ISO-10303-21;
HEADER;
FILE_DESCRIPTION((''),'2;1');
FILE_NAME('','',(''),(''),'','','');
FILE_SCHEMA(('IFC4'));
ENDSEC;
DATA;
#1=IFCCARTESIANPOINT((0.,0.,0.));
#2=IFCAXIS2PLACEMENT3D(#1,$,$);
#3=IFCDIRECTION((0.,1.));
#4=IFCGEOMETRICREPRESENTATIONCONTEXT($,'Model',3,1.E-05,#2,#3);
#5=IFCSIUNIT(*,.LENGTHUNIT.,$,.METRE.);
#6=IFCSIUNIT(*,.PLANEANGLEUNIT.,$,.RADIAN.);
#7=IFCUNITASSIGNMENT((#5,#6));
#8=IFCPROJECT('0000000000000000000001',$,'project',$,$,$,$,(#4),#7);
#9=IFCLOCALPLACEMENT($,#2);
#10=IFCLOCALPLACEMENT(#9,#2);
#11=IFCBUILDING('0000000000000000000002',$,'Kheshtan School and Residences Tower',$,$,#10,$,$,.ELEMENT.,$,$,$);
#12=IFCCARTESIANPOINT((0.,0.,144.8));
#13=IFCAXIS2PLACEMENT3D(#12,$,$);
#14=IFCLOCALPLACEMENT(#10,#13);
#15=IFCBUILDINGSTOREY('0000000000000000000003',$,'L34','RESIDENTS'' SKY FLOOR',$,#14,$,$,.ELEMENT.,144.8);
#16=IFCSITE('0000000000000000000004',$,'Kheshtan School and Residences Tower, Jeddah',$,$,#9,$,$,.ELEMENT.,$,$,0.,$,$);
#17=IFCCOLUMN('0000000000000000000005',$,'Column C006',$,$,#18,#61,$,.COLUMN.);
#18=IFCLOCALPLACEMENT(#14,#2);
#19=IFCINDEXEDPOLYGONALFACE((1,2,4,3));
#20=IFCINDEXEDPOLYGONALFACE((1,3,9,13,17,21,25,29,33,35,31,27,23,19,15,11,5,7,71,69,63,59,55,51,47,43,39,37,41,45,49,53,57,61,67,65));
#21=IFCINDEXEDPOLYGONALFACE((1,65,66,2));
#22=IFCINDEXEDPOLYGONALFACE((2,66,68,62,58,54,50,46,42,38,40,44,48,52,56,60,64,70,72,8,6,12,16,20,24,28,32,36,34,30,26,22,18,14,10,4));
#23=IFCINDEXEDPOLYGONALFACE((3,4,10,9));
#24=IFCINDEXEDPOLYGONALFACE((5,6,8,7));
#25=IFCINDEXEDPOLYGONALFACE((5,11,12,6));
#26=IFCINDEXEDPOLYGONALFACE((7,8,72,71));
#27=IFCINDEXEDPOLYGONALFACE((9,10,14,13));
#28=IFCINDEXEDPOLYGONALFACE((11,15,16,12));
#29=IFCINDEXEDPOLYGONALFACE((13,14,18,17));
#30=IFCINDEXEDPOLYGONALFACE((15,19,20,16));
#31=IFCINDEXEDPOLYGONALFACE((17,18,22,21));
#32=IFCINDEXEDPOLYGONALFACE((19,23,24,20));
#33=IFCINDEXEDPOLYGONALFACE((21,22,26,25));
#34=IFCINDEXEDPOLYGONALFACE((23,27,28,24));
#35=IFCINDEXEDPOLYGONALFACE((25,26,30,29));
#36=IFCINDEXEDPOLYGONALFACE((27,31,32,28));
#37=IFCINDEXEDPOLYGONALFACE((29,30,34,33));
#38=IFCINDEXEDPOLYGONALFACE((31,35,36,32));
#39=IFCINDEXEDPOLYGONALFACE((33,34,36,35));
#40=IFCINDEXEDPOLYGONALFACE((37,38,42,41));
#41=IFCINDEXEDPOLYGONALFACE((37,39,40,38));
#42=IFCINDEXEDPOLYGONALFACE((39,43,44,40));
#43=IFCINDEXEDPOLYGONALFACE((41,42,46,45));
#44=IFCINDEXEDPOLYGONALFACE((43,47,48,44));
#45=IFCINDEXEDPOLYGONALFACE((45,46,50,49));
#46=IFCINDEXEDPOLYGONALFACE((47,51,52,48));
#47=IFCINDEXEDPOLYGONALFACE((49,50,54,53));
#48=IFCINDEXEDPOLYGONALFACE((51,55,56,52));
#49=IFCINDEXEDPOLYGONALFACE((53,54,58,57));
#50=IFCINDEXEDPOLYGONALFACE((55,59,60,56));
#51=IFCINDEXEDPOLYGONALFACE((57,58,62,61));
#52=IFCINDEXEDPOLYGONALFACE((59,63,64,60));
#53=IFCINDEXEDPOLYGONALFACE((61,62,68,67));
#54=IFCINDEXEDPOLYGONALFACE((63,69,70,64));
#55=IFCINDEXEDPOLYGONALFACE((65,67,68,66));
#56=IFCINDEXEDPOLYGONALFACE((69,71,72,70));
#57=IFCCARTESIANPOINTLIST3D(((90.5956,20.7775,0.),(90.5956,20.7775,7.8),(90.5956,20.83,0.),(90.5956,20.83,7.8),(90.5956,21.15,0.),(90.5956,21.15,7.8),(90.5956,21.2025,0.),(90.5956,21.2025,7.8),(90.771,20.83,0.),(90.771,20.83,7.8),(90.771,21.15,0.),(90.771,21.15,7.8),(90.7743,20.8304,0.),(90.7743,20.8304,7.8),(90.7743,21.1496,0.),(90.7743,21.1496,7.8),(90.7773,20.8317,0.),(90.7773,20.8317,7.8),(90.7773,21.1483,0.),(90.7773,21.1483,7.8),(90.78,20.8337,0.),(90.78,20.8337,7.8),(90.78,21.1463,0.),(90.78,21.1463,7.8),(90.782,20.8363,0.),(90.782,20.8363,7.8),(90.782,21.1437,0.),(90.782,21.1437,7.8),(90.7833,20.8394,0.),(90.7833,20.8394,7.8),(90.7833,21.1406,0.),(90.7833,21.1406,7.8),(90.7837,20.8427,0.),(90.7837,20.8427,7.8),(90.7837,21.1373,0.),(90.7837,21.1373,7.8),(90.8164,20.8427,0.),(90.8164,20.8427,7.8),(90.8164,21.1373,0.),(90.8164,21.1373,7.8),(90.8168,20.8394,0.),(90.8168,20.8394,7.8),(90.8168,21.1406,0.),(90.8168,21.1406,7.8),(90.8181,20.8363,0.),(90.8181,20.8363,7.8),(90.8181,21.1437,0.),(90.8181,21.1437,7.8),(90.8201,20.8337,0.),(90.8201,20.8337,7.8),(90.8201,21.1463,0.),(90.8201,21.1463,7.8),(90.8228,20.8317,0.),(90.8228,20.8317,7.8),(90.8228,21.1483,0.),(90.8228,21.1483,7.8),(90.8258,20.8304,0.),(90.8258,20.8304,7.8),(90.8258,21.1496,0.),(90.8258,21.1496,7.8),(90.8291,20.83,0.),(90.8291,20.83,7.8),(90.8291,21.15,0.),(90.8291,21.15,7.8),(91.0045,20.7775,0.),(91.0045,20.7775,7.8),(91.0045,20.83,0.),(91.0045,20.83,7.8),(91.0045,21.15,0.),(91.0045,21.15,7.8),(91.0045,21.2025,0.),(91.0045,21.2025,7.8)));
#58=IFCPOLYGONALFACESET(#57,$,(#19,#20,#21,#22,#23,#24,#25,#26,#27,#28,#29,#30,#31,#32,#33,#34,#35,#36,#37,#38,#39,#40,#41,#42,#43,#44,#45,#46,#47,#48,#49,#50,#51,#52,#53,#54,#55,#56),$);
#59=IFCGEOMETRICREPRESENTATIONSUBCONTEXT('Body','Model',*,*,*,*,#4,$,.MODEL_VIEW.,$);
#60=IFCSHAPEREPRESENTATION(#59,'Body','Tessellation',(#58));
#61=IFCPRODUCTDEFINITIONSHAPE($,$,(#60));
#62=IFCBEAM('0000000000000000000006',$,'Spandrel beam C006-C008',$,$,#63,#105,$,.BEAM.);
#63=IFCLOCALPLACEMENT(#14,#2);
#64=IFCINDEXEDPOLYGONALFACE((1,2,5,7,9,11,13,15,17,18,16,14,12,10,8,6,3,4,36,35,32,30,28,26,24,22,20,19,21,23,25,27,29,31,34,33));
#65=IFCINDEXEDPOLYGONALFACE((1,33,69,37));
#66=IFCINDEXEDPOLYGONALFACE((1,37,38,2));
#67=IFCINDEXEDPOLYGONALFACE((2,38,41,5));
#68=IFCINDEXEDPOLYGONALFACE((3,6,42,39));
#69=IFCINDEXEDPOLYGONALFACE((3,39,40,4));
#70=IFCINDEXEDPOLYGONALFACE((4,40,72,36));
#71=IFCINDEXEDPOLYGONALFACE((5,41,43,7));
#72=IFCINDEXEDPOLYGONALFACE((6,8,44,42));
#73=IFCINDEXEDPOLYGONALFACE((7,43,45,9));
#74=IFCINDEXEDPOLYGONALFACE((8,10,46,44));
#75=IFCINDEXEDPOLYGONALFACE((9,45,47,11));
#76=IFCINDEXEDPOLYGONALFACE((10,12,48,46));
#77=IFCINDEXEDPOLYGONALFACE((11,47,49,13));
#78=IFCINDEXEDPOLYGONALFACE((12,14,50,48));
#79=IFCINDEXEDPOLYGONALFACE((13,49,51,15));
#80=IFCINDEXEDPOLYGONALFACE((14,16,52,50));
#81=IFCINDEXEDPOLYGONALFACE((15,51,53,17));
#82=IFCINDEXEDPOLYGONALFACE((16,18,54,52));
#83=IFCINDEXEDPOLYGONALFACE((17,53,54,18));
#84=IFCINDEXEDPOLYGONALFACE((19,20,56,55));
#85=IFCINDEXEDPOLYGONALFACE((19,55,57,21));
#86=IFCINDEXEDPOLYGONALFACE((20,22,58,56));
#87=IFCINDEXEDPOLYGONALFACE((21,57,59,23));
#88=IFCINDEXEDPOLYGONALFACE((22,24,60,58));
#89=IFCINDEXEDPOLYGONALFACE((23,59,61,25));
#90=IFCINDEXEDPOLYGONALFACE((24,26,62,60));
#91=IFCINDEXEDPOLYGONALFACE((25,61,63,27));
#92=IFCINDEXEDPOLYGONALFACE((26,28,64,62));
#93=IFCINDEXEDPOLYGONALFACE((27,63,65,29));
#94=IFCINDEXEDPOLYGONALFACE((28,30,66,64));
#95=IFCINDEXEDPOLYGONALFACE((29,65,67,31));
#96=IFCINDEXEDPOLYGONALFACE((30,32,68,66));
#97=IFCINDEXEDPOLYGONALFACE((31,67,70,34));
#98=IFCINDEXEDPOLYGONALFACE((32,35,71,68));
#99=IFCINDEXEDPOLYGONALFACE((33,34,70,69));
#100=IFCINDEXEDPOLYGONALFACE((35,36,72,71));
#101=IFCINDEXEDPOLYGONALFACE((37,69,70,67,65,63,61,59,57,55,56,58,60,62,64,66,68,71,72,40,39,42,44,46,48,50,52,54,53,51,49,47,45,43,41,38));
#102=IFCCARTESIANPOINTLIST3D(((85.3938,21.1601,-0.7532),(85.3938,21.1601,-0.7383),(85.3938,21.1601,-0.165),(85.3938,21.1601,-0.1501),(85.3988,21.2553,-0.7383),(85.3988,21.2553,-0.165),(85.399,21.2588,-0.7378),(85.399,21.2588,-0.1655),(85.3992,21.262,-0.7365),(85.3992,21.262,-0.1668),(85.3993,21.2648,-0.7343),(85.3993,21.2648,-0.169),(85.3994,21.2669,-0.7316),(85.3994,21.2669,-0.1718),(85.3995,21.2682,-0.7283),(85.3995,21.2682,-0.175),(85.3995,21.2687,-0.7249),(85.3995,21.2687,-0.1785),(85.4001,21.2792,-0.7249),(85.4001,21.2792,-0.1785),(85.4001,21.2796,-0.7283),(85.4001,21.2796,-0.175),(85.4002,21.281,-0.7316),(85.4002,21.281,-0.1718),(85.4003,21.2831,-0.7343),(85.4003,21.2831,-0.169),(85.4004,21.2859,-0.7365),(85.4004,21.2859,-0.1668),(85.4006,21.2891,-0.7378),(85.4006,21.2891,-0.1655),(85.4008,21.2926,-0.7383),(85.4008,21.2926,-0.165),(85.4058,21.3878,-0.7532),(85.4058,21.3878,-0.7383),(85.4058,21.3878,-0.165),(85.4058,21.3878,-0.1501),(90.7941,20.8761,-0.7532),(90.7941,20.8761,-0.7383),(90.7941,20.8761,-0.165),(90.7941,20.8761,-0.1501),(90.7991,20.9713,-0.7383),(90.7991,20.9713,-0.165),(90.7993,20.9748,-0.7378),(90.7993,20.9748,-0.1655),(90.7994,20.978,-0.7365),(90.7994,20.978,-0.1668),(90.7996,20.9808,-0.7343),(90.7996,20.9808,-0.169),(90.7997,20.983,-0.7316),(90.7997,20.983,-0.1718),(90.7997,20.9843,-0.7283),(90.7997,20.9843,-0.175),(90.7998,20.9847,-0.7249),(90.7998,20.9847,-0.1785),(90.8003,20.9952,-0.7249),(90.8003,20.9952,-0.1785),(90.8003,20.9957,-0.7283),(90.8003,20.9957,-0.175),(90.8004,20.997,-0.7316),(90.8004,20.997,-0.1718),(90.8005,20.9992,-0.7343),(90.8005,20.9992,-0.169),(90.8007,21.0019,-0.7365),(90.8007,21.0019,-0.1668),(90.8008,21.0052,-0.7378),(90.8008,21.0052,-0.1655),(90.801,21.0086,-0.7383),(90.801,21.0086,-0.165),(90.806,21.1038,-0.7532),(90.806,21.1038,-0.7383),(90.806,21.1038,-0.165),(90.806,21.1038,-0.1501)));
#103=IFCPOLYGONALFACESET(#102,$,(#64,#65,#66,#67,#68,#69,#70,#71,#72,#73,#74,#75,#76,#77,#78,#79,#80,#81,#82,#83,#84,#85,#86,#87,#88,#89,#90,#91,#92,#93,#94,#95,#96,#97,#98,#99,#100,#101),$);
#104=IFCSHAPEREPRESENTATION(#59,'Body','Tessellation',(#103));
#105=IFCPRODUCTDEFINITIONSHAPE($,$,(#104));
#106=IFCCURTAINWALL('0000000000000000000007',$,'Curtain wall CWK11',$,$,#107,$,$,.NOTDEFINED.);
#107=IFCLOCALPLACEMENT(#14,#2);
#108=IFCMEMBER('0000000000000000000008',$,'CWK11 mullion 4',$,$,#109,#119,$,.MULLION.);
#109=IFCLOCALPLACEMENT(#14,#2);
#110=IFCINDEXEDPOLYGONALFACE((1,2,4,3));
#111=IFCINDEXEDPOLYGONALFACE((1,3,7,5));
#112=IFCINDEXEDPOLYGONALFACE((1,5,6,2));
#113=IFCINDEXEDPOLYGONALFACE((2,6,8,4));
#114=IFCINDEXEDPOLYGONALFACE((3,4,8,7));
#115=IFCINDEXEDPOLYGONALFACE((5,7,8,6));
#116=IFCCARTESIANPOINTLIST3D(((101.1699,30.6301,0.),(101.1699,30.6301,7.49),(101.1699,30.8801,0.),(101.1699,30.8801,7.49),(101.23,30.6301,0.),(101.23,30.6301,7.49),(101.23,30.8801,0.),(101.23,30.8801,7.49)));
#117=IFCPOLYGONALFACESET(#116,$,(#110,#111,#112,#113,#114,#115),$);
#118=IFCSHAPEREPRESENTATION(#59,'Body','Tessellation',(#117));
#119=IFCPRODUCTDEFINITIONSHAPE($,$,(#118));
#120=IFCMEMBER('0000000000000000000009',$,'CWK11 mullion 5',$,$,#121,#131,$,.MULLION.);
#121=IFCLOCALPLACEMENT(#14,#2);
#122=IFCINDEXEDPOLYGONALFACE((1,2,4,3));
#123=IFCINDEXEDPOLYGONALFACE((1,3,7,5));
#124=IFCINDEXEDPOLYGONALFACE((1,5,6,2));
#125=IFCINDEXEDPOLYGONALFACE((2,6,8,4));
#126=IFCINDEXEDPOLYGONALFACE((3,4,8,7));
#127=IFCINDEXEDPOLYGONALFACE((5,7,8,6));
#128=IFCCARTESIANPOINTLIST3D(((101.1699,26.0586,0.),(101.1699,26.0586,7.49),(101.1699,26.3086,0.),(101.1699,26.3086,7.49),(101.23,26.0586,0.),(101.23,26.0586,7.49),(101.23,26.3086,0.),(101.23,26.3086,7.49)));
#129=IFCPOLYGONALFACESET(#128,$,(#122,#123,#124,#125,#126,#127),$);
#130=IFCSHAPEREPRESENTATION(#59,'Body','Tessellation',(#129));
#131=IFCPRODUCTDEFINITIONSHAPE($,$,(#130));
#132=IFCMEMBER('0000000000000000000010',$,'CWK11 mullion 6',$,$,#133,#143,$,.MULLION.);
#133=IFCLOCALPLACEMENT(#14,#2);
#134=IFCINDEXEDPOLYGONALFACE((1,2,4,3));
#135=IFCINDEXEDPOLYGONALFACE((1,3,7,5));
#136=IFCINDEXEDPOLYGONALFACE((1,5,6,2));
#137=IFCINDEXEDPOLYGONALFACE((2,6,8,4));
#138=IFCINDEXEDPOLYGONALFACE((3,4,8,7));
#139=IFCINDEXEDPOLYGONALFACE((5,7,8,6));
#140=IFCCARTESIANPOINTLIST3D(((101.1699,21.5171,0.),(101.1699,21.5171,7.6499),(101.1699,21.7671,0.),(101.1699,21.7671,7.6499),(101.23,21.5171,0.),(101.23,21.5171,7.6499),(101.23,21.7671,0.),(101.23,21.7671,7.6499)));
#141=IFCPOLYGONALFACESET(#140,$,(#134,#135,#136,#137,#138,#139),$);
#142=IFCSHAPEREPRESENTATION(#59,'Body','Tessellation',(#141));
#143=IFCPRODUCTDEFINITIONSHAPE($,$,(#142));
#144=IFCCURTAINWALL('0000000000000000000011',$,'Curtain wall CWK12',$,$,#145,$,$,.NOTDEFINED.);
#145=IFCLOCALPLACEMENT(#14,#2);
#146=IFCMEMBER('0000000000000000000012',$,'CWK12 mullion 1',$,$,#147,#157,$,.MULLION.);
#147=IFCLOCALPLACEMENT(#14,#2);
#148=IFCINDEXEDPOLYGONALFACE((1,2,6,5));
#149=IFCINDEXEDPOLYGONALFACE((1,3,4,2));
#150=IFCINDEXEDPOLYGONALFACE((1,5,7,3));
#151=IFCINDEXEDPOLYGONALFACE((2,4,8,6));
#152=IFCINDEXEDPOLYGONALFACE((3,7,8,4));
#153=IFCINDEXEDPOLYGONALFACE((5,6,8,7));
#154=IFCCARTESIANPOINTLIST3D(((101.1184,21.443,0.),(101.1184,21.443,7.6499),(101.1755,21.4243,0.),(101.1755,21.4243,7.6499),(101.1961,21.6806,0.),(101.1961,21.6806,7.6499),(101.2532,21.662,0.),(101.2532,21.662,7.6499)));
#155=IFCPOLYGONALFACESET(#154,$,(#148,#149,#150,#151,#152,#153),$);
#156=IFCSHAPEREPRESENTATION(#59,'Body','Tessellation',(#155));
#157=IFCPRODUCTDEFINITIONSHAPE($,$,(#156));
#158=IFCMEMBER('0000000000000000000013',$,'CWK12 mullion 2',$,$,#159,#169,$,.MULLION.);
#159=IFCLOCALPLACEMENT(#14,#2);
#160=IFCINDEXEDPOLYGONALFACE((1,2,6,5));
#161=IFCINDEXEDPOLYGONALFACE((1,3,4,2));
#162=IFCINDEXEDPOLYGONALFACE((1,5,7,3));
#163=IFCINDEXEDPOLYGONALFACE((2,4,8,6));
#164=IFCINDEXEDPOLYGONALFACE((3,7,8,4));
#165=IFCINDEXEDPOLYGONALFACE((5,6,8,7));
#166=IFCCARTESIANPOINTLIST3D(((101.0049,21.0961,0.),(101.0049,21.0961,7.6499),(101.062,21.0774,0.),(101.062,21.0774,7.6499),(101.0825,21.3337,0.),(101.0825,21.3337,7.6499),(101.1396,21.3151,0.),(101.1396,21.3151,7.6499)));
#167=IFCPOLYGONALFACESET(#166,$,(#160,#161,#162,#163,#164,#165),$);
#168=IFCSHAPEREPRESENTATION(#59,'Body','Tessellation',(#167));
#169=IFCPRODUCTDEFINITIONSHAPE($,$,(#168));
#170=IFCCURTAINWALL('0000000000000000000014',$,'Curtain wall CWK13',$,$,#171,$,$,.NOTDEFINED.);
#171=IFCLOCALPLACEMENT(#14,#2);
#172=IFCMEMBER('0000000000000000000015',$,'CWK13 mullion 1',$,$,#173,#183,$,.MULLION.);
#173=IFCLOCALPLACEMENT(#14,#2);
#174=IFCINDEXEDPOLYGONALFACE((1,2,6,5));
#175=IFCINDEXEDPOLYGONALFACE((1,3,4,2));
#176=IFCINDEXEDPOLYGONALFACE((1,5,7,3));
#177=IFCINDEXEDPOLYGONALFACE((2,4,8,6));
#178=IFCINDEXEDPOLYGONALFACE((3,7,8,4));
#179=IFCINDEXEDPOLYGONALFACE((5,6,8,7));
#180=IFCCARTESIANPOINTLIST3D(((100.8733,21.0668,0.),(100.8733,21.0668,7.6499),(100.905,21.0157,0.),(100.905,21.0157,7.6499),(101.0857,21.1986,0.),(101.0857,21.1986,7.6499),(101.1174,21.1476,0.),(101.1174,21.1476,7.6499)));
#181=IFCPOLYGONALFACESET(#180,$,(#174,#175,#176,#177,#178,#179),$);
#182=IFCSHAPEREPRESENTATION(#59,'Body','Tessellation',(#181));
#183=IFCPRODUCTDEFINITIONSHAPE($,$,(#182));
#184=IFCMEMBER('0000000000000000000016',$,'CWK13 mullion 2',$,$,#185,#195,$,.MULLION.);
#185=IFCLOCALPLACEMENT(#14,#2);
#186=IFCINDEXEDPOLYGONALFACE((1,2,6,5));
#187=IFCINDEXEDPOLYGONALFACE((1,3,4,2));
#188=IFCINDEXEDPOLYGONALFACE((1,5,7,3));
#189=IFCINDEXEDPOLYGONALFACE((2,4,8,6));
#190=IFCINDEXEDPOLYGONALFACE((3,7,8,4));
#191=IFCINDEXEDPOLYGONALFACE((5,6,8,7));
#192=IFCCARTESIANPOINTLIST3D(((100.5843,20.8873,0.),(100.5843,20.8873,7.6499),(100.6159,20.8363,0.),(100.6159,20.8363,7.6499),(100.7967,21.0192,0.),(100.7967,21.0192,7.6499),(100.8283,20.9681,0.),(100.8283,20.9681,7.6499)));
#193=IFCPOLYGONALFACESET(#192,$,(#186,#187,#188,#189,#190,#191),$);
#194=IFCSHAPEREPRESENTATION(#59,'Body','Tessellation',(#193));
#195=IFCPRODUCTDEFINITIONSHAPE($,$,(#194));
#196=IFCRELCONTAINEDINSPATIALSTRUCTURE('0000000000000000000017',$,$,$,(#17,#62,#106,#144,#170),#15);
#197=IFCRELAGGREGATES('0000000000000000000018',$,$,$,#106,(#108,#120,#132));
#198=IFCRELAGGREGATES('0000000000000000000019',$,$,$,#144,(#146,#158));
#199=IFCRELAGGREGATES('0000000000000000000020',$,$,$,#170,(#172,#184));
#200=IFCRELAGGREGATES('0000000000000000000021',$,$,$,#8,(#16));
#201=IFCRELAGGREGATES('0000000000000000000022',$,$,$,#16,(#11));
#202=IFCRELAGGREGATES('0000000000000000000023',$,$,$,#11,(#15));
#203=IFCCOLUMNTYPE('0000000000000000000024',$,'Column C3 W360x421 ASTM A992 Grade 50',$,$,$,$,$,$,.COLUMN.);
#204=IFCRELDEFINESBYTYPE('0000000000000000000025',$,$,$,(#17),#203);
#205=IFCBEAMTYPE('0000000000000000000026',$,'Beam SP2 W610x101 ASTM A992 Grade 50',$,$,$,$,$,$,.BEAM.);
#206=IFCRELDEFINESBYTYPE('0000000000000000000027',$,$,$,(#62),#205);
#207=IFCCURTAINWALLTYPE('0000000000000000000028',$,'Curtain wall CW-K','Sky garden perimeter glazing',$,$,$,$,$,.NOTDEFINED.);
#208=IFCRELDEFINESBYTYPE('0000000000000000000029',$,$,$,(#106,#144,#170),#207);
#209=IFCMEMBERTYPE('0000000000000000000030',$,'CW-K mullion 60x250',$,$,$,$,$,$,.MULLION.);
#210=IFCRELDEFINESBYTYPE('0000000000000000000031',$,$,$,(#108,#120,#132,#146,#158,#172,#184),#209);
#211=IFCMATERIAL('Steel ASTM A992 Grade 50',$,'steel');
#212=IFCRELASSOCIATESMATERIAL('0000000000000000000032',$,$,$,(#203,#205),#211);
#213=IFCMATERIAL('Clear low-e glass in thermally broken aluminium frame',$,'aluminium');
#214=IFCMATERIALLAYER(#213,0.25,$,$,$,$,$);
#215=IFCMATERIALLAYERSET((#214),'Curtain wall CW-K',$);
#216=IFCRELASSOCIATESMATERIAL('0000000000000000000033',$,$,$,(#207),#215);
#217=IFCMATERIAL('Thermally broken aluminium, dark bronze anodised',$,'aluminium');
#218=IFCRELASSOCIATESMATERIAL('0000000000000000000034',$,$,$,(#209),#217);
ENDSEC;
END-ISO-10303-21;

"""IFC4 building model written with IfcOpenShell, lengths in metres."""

from ifc_helpers import new_model, si_unit, direction, frame, origin, origin_2d, place, context, subcontext, project, spatial, rectangle, i_section, extrude, material, layer, layer_set, material_profile, profile_set, type_object, element, aggregate, save


model = new_model("IFC4")

# Units and contexts
model_context = context("Model", 3, precision=1e-05, world=origin(), true_north=direction((0.0, 1.0)))
body_context = subcontext(model_context, "Body", "Model", "MODEL_VIEW")
ifc_project = project(units=[si_unit("LENGTHUNIT", "METRE"), si_unit("PLANEANGLEUNIT", "RADIAN")], contexts=[model_context])

# Site, building, storey
site_placement = place(None, origin())
site = spatial("IfcSite", under=ifc_project, at=site_placement, Name="Kheshtan School and Residences Tower, Jeddah", CompositionType="ELEMENT", RefElevation=0.0)
building_placement = place(site_placement, origin())
building = spatial("IfcBuilding", under=site, at=building_placement, Name="Kheshtan School and Residences Tower", CompositionType="ELEMENT")
storey_placement = place(building_placement, frame((0.0, 0.0, 144.8)))
storey = spatial("IfcBuildingStorey", under=building, at=storey_placement, Name="L34", Description="RESIDENTS' SKY FLOOR", CompositionType="ELEMENT", Elevation=144.8)

# Column
ifc_material_1 = material(Name="Steel ASTM A992 Grade 50", Category="steel")
ifc_material_profile_1 = material_profile(ifc_material_1, i_section(OverallWidth=0.4089, OverallDepth=0.425, WebThickness=0.0327, FlangeThickness=0.0525, FilletRadius=0.0127, at=origin_2d()), Name="W360x421")
ifc_profile_set_1 = profile_set([ifc_material_profile_1], Name="Steel ASTM A992 Grade 50")
column_type = type_object("IfcColumnType", Name="Column C3 W360x421 ASTM A992 Grade 50", PredefinedType="COLUMN", material=ifc_profile_set_1)
column_placement = place(storey_placement, frame((90.8, 20.99, 0.0), z_axis=(0.0, 0.0, 1.0), x_axis=(1.0, 0.0, 0.0)))
element("IfcColumn", 1, at=column_placement, inside=storey, type_object=column_type, Name="Column C006", PredefinedType="COLUMN", context=body_context, shape_type="SweptSolid", body=[
    extrude(i_section(OverallWidth=0.4089, OverallDepth=0.425, WebThickness=0.0327, FlangeThickness=0.0525, FilletRadius=0.0127, at=origin_2d()), origin(), (0.0, 0.0, 1.0), 7.8),
])

# Beam
ifc_material_profile_2 = material_profile(ifc_material_1, i_section(OverallWidth=0.228, OverallDepth=0.603, WebThickness=0.0105, FlangeThickness=0.0149, FilletRadius=0.0134, at=origin_2d()), Name="W610x101")
ifc_profile_set_2 = profile_set([ifc_material_profile_2], Name="Steel ASTM A992 Grade 50")
beam_type = type_object("IfcBeamType", Name="Beam SP2 W610x101 ASTM A992 Grade 50", PredefinedType="BEAM", material=ifc_profile_set_2)
beam_placement = place(storey_placement, frame((90.8, 20.99, -0.4517), z_axis=(-0.998621, 0.052507, 0.0), x_axis=(-0.052507, -0.998621, 0.0)))
element("IfcBeam", 2, at=beam_placement, inside=storey, type_object=beam_type, Name="Spandrel beam C006-C008", PredefinedType="BEAM", context=body_context, shape_type="SweptSolid", body=[
    extrude(i_section(OverallWidth=0.228, OverallDepth=0.603, WebThickness=0.0105, FlangeThickness=0.0149, FilletRadius=0.0134, at=origin_2d()), origin(), (0.0, 0.0, 1.0), 5.4077),
])

# Curtain walls, members
ifc_material_2 = material(Name="Clear low-e glass in thermally broken aluminium frame", Category="aluminium")
ifc_layer_1 = layer(ifc_material_2, 0.25)
ifc_layer_set_1 = layer_set([ifc_layer_1], Name="Curtain wall CW-K")
curtain_wall_type = type_object("IfcCurtainWallType", Name="Curtain wall CW-K", Description="Sky garden perimeter glazing", PredefinedType="NOTDEFINED", material=ifc_layer_set_1)
curtain_wall_1_placement = place(storey_placement, origin())
curtain_wall_1 = element("IfcCurtainWall", 3, at=curtain_wall_1_placement, inside=storey, type_object=curtain_wall_type, Name="Curtain wall CWK11", PredefinedType="NOTDEFINED")
ifc_material_3 = material(Name="Thermally broken aluminium, dark bronze anodised", Category="aluminium")
ifc_material_profile_3 = material_profile(ifc_material_3, rectangle(XDim=0.0601, YDim=0.25, at=origin_2d()), Name="CW-K mullion 60x250")
ifc_profile_set_3 = profile_set([ifc_material_profile_3], Name="Thermally broken aluminium, dark bronze anodised")
member_type_1 = type_object("IfcMemberType", Name="CW-K mullion 60x250", PredefinedType="MULLION", material=ifc_profile_set_3)
member_1_placement = place(storey_placement, frame((101.2, 30.7551, 0.0), z_axis=(0.0, 0.0, 1.0), x_axis=(1.0, 0.0, 0.0)))
member_1 = element("IfcMember", 4, at=member_1_placement, type_object=member_type_1, Name="CWK11 mullion 4", PredefinedType="MULLION", context=body_context, shape_type="SweptSolid", body=[
    extrude(rectangle(XDim=0.0601, YDim=0.25, at=origin_2d()), origin(), (0.0, 0.0, 1.0), 7.49),
])
member_2_placement = place(storey_placement, frame((101.2, 26.1836, 0.0), z_axis=(0.0, 0.0, 1.0), x_axis=(1.0, 0.0, 0.0)))
member_2 = element("IfcMember", 5, at=member_2_placement, type_object=member_type_1, Name="CWK11 mullion 5", PredefinedType="MULLION", context=body_context, shape_type="SweptSolid", body=[
    extrude(rectangle(XDim=0.0601, YDim=0.25, at=origin_2d()), origin(), (0.0, 0.0, 1.0), 7.49),
])
member_3_placement = place(storey_placement, frame((101.2, 21.6421, 0.0), z_axis=(0.0, 0.0, 1.0), x_axis=(1.0, 0.0, 0.0)))
member_3 = element("IfcMember", 6, at=member_3_placement, type_object=member_type_1, Name="CWK11 mullion 6", PredefinedType="MULLION", context=body_context, shape_type="SweptSolid", body=[
    extrude(rectangle(XDim=0.0601, YDim=0.25, at=origin_2d()), origin(), (0.0, 0.0, 1.0), 7.6499),
])
curtain_wall_2_placement = place(storey_placement, origin())
curtain_wall_2 = element("IfcCurtainWall", 7, at=curtain_wall_2_placement, inside=storey, type_object=curtain_wall_type, Name="Curtain wall CWK12", PredefinedType="NOTDEFINED")
member_4_placement = place(storey_placement, frame((101.1858, 21.5525, 0.0), z_axis=(0.0, 0.0, 1.0), x_axis=(0.950549, -0.310575, 0.0)))
member_4 = element("IfcMember", 8, at=member_4_placement, type_object=member_type_1, Name="CWK12 mullion 1", PredefinedType="MULLION", context=body_context, shape_type="SweptSolid", body=[
    extrude(rectangle(XDim=0.0601, YDim=0.25, at=origin_2d()), origin(), (0.0, 0.0, 1.0), 7.6499),
])
member_5_placement = place(storey_placement, frame((101.0723, 21.2056, 0.0), z_axis=(0.0, 0.0, 1.0), x_axis=(0.950549, -0.310575, 0.0)))
member_5 = element("IfcMember", 9, at=member_5_placement, type_object=member_type_1, Name="CWK12 mullion 2", PredefinedType="MULLION", context=body_context, shape_type="SweptSolid", body=[
    extrude(rectangle(XDim=0.0601, YDim=0.25, at=origin_2d()), origin(), (0.0, 0.0, 1.0), 7.6499),
])
curtain_wall_3_placement = place(storey_placement, origin())
curtain_wall_3 = element("IfcCurtainWall", 10, at=curtain_wall_3_placement, inside=storey, type_object=curtain_wall_type, Name="Curtain wall CWK13", PredefinedType="NOTDEFINED")
member_6_placement = place(storey_placement, frame((100.9954, 21.1072, 0.0), z_axis=(0.0, 0.0, 1.0), x_axis=(0.527301, -0.849679, 0.0)))
member_6 = element("IfcMember", 11, at=member_6_placement, type_object=member_type_1, Name="CWK13 mullion 1", PredefinedType="MULLION", context=body_context, shape_type="SweptSolid", body=[
    extrude(rectangle(XDim=0.0601, YDim=0.25, at=origin_2d()), origin(), (0.0, 0.0, 1.0), 7.6499),
])
member_7_placement = place(storey_placement, frame((100.7063, 20.9277, 0.0), z_axis=(0.0, 0.0, 1.0), x_axis=(0.527301, -0.849679, 0.0)))
member_7 = element("IfcMember", 12, at=member_7_placement, type_object=member_type_1, Name="CWK13 mullion 2", PredefinedType="MULLION", context=body_context, shape_type="SweptSolid", body=[
    extrude(rectangle(XDim=0.0601, YDim=0.25, at=origin_2d()), origin(), (0.0, 0.0, 1.0), 7.6499),
])

aggregate(curtain_wall_1, [member_1, member_2, member_3])
aggregate(curtain_wall_2, [member_4, member_5])
aggregate(curtain_wall_3, [member_6, member_7])

save(model, "model.ifc")
